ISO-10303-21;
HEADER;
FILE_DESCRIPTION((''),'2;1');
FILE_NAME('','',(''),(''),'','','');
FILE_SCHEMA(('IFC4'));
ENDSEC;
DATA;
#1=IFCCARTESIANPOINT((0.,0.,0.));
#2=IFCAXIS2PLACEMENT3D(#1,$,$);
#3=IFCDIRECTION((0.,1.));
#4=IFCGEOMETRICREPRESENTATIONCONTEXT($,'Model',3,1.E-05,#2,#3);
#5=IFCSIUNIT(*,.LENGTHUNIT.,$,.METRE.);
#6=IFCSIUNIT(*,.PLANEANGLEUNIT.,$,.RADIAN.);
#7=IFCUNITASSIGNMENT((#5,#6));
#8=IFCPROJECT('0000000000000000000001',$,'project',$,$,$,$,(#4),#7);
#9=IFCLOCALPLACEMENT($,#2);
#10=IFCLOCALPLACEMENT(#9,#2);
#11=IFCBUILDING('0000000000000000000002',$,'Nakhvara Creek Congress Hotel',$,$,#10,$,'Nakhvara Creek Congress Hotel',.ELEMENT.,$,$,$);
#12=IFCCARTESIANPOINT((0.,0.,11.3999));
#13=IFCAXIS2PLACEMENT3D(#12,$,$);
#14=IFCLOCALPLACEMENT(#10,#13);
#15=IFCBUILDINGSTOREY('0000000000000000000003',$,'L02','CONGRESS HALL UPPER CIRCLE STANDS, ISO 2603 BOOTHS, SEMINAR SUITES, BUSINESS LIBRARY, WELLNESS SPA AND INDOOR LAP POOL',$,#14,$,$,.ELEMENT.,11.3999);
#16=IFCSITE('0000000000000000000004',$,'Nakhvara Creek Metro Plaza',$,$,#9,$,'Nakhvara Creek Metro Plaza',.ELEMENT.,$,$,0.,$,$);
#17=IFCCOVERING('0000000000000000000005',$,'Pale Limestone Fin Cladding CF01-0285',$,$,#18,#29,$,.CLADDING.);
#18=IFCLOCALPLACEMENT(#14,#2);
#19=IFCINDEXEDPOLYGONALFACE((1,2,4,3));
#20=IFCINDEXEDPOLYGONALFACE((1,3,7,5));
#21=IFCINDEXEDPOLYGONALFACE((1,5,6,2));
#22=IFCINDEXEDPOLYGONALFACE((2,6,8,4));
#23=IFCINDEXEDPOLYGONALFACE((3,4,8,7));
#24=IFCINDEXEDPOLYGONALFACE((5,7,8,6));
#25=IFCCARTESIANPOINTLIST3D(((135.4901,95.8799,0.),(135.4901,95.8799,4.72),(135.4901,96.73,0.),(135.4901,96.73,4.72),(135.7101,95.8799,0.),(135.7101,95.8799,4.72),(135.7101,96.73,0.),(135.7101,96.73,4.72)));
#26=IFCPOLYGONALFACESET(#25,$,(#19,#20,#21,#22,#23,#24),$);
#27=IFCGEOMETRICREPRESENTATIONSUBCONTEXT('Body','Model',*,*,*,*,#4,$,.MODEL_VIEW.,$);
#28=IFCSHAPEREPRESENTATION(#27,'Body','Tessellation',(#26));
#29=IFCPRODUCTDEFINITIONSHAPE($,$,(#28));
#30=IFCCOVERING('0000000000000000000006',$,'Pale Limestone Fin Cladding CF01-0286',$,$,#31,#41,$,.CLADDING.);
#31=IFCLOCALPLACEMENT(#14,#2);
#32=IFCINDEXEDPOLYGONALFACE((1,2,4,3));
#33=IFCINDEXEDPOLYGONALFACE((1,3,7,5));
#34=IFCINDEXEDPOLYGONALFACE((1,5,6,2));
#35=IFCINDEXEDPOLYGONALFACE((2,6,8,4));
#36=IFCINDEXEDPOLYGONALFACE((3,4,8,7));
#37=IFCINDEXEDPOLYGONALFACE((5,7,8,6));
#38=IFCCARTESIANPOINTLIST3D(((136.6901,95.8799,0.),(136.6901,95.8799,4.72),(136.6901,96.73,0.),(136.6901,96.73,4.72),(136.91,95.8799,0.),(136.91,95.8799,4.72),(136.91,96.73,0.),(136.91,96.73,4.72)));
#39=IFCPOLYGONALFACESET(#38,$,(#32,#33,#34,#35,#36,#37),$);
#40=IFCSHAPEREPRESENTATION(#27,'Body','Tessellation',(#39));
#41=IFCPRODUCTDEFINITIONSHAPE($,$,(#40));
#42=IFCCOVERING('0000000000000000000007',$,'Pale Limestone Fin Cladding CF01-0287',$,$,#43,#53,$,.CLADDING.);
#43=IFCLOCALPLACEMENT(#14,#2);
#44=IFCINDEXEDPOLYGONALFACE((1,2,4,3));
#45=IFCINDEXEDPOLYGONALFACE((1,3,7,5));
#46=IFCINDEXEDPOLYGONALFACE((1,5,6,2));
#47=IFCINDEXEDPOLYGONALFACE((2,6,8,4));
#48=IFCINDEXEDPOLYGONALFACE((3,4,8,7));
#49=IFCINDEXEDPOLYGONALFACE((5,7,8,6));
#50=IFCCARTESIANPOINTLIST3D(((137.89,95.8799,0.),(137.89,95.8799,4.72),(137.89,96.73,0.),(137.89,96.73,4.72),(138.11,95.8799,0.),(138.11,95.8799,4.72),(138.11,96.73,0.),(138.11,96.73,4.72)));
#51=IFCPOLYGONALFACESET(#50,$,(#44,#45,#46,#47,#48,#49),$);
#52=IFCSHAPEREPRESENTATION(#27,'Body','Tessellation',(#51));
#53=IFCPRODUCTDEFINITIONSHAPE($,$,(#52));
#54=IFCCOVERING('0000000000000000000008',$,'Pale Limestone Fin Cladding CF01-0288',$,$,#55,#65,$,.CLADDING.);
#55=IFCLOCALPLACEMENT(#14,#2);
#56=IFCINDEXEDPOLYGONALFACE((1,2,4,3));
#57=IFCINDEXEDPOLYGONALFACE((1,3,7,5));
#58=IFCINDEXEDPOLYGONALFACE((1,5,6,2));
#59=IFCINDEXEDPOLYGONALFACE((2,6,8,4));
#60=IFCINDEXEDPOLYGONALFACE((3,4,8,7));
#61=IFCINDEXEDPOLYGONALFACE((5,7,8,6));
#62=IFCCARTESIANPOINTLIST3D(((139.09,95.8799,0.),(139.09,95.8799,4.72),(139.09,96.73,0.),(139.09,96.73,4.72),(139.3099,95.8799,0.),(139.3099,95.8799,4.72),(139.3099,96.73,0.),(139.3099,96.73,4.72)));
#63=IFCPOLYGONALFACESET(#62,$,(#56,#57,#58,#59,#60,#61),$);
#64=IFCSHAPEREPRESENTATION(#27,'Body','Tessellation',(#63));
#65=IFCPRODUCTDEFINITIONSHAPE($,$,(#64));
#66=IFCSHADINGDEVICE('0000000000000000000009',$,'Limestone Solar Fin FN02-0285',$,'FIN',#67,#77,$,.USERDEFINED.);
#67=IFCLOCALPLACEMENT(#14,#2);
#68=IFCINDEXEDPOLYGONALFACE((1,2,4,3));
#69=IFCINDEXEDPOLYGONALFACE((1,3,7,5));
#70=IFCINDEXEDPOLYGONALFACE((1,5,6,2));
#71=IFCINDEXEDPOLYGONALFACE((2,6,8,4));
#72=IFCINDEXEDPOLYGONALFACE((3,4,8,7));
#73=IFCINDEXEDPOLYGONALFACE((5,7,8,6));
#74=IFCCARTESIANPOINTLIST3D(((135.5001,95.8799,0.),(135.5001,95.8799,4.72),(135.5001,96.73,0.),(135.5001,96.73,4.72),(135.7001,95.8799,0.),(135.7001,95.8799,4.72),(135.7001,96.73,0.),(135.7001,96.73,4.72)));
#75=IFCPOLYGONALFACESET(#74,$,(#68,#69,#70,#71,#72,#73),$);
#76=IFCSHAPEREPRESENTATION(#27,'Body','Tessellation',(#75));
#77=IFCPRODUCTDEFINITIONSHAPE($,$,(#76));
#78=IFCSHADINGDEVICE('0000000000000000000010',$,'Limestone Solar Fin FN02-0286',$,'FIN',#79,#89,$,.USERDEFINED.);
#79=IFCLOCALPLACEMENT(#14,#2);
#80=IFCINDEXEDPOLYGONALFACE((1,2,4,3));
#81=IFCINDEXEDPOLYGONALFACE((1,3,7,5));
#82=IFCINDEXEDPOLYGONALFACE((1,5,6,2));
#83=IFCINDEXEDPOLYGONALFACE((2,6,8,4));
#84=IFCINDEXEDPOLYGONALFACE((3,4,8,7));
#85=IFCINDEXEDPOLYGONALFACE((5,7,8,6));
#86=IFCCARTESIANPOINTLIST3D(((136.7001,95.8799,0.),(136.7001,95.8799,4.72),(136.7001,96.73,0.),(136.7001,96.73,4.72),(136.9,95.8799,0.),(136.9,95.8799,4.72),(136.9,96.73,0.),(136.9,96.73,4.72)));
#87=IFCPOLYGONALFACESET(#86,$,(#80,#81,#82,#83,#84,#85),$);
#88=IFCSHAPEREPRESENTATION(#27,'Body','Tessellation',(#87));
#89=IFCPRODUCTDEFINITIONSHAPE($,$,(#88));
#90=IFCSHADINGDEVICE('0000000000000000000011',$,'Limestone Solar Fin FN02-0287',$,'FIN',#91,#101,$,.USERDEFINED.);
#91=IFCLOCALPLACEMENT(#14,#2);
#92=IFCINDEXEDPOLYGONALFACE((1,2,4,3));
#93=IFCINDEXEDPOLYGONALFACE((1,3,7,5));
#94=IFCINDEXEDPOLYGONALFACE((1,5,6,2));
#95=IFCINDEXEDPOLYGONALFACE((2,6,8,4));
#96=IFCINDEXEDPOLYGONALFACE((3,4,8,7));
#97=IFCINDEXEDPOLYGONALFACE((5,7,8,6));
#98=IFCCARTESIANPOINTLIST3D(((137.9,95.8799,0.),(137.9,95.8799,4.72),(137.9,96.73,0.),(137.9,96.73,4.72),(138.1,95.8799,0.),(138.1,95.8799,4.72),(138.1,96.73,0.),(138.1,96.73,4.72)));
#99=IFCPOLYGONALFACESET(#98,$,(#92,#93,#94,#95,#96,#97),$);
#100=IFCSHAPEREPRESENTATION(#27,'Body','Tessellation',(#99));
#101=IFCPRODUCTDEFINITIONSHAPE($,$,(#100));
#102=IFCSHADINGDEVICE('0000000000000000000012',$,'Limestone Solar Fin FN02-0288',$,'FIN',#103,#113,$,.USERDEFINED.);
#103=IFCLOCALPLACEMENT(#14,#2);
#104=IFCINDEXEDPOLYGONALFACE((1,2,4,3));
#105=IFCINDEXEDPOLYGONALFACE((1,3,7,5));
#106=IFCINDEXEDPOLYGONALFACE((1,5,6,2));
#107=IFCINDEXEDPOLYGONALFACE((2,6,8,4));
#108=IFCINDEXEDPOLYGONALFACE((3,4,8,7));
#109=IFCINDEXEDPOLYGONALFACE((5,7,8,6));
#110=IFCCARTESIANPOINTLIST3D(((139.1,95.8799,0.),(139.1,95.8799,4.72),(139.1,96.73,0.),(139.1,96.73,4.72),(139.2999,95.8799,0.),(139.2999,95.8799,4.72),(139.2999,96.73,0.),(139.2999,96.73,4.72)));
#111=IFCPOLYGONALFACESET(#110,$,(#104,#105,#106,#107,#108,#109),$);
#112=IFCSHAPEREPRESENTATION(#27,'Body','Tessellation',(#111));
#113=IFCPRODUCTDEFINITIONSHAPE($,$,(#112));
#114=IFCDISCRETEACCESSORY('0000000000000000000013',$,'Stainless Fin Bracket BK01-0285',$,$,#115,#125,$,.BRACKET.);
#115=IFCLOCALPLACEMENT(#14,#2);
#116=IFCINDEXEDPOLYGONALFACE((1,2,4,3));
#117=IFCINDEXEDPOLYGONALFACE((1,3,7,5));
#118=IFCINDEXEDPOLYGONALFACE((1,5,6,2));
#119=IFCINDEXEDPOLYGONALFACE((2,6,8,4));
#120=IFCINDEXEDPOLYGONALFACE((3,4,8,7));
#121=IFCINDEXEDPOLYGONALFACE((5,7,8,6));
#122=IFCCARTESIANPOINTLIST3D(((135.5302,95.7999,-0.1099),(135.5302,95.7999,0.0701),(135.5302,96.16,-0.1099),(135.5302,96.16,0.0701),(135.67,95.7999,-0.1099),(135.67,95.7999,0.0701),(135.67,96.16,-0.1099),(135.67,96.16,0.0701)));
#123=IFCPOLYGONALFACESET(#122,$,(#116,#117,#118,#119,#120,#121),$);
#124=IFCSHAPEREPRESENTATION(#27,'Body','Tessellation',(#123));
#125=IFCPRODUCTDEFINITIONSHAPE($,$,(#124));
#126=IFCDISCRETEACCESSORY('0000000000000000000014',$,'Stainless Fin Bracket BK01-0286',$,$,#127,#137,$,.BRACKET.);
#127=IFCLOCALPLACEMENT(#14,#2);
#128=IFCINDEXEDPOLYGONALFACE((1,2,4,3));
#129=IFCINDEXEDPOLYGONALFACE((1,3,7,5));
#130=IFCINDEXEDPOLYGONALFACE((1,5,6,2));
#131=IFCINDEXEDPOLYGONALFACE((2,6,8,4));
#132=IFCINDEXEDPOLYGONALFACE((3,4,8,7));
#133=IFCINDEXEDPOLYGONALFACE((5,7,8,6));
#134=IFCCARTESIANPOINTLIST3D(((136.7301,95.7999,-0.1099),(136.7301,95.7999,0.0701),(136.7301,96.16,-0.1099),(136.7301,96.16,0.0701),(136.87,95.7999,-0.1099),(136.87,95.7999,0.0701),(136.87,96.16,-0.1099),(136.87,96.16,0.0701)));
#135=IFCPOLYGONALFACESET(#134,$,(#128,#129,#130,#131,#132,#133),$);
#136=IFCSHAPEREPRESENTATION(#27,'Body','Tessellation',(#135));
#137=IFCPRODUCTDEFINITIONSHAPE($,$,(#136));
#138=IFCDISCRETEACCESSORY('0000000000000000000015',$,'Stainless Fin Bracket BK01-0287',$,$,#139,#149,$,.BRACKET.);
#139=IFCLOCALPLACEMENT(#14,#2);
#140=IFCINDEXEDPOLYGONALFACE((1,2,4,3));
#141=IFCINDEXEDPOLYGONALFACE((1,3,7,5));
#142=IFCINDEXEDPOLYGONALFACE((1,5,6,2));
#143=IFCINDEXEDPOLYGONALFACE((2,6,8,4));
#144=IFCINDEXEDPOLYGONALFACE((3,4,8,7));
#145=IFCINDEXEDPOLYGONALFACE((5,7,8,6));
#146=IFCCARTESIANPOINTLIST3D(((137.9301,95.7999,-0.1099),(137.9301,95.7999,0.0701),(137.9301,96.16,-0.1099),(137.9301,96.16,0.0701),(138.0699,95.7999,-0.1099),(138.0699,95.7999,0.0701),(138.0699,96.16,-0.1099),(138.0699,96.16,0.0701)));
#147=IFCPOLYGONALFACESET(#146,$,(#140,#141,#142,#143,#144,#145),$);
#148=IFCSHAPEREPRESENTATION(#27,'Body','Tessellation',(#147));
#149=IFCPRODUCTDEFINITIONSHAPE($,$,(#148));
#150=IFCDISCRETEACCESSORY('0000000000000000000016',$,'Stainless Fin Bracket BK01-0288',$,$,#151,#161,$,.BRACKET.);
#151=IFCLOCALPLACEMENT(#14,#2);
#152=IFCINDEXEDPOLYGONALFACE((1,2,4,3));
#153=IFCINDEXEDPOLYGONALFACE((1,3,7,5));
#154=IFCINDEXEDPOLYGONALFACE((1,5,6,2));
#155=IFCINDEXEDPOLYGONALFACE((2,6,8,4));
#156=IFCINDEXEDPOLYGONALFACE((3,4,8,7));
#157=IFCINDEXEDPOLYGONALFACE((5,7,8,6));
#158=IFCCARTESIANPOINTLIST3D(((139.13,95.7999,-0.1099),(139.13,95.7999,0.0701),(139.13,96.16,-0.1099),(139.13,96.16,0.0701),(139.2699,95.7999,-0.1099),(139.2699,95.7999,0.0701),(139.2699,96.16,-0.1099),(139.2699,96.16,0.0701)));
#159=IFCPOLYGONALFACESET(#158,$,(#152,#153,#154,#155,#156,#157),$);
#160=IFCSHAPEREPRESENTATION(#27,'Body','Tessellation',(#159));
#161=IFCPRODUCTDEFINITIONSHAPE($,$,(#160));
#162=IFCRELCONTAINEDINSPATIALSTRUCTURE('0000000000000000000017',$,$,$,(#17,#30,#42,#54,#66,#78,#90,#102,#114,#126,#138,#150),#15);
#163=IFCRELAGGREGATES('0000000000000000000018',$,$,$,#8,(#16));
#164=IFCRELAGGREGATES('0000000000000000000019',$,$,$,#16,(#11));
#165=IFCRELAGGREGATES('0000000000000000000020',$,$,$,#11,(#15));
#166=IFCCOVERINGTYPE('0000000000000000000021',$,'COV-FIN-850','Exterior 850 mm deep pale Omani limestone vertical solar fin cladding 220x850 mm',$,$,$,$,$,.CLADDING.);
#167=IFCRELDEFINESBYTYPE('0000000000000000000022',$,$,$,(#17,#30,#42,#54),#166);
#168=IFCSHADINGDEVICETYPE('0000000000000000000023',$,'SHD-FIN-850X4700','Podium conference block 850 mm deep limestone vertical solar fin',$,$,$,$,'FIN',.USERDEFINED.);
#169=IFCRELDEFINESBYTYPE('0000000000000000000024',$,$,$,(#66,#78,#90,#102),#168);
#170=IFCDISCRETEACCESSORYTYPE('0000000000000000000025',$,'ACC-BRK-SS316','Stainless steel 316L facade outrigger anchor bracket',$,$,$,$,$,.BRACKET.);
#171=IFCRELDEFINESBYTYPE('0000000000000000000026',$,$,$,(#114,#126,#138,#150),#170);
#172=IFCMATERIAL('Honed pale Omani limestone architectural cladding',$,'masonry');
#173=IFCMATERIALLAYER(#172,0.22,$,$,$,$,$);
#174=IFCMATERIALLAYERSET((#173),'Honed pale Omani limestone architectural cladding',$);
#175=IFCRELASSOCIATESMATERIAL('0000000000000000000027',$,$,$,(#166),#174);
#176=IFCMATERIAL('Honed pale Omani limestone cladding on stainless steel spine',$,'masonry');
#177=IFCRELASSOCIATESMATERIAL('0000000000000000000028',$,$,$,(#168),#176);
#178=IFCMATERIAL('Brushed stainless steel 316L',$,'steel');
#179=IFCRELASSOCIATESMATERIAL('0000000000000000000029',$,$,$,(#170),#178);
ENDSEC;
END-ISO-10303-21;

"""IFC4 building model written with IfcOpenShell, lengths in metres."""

from ifc_helpers import new_model, si_unit, direction, frame, origin, origin_2d, place, context, subcontext, project, spatial, rectangle, extrude, material, layer, layer_set, type_object, element, save


model = new_model("IFC4")

# Units and contexts
model_context = context("Model", 3, precision=1e-05, world=origin(), true_north=direction((0.0, 1.0)))
body_context = subcontext(model_context, "Body", "Model", "MODEL_VIEW")
ifc_project = project(units=[si_unit("LENGTHUNIT", "METRE"), si_unit("PLANEANGLEUNIT", "RADIAN")], contexts=[model_context])

# Site, building, storey
site_placement = place(None, origin())
site = spatial("IfcSite", under=ifc_project, at=site_placement, Name="Nakhvara Creek Metro Plaza", LongName="Nakhvara Creek Metro Plaza", CompositionType="ELEMENT", RefElevation=0.0)
building_placement = place(site_placement, origin())
building = spatial("IfcBuilding", under=site, at=building_placement, Name="Nakhvara Creek Congress Hotel", LongName="Nakhvara Creek Congress Hotel", CompositionType="ELEMENT")
storey_placement = place(building_placement, frame((0.0, 0.0, 11.3999)))
storey = spatial("IfcBuildingStorey", under=building, at=storey_placement, Name="L02", Description="CONGRESS HALL UPPER CIRCLE STANDS, ISO 2603 BOOTHS, SEMINAR SUITES, BUSINESS LIBRARY, WELLNESS SPA AND INDOOR LAP POOL", CompositionType="ELEMENT", Elevation=11.3999)

# Coverings
ifc_material_1 = material(Name="Honed pale Omani limestone architectural cladding", Category="masonry")
ifc_layer_1 = layer(ifc_material_1, 0.22)
ifc_layer_set_1 = layer_set([ifc_layer_1], Name="Honed pale Omani limestone architectural cladding")
covering_type = type_object("IfcCoveringType", Name="COV-FIN-850", Description="Exterior 850 mm deep pale Omani limestone vertical solar fin cladding 220x850 mm", PredefinedType="CLADDING", material=ifc_layer_set_1)
for number, where, z_axis, x_axis, name in (
    (1, (135.6001, 96.3049, 0.0), (0.0, 0.0, 1.0), (1.0, 0.0, 0.0), "Pale Limestone Fin Cladding CF01-0285"),
    (2, (136.8, 96.3049, 0.0), (0.0, 0.0, 1.0), (1.0, 0.0, 0.0), "Pale Limestone Fin Cladding CF01-0286"),
    (3, (138.0, 96.3049, 0.0), (0.0, 0.0, 1.0), (1.0, 0.0, 0.0), "Pale Limestone Fin Cladding CF01-0287"),
    (4, (139.2, 96.3049, 0.0), (0.0, 0.0, 1.0), (1.0, 0.0, 0.0), "Pale Limestone Fin Cladding CF01-0288"),
):
    element("IfcCovering", number, at=place(storey_placement, frame(where, z_axis=z_axis, x_axis=x_axis)), inside=storey, type_object=covering_type, Name=name, PredefinedType="CLADDING", context=body_context, shape_type="SweptSolid", body=[
        extrude(rectangle(XDim=0.22, YDim=0.8501, at=origin_2d()), origin(), (0.0, 0.0, 1.0), 4.72),
    ])

# Shading devices
ifc_material_2 = material(Name="Honed pale Omani limestone cladding on stainless steel spine", Category="masonry")
shading_device_type = type_object("IfcShadingDeviceType", Name="SHD-FIN-850X4700", Description="Podium conference block 850 mm deep limestone vertical solar fin", ElementType="FIN", PredefinedType="USERDEFINED", material=ifc_material_2)
for number, where, z_axis, x_axis, name in (
    (5, (135.6001, 96.3049, 0.0), (0.0, 0.0, 1.0), (1.0, 0.0, 0.0), "Limestone Solar Fin FN02-0285"),
    (6, (136.8, 96.3049, 0.0), (0.0, 0.0, 1.0), (1.0, 0.0, 0.0), "Limestone Solar Fin FN02-0286"),
    (7, (138.0, 96.3049, 0.0), (0.0, 0.0, 1.0), (1.0, 0.0, 0.0), "Limestone Solar Fin FN02-0287"),
    (8, (139.2, 96.3049, 0.0), (0.0, 0.0, 1.0), (1.0, 0.0, 0.0), "Limestone Solar Fin FN02-0288"),
):
    element("IfcShadingDevice", number, at=place(storey_placement, frame(where, z_axis=z_axis, x_axis=x_axis)), inside=storey, type_object=shading_device_type, Name=name, ObjectType="FIN", PredefinedType="USERDEFINED", context=body_context, shape_type="SweptSolid", body=[
        extrude(rectangle(XDim=0.2, YDim=0.8501, at=origin_2d()), origin(), (0.0, 0.0, 1.0), 4.72),
    ])

# Discrete accessories
ifc_material_3 = material(Name="Brushed stainless steel 316L", Category="steel")
discrete_accessory_type = type_object("IfcDiscreteAccessoryType", Name="ACC-BRK-SS316", Description="Stainless steel 316L facade outrigger anchor bracket", PredefinedType="BRACKET", material=ifc_material_3)
for number, where, z_axis, x_axis, name in (
    (9, (135.6001, 95.98, -0.1099), (0.0, 0.0, 1.0), (1.0, 0.0, 0.0), "Stainless Fin Bracket BK01-0285"),
    (10, (136.8, 95.98, -0.1099), (0.0, 0.0, 1.0), (1.0, 0.0, 0.0), "Stainless Fin Bracket BK01-0286"),
    (11, (138.0, 95.98, -0.1099), (0.0, 0.0, 1.0), (1.0, 0.0, 0.0), "Stainless Fin Bracket BK01-0287"),
    (12, (139.2, 95.98, -0.1099), (0.0, 0.0, 1.0), (1.0, 0.0, 0.0), "Stainless Fin Bracket BK01-0288"),
):
    element("IfcDiscreteAccessory", number, at=place(storey_placement, frame(where, z_axis=z_axis, x_axis=x_axis)), inside=storey, type_object=discrete_accessory_type, Name=name, PredefinedType="BRACKET", context=body_context, shape_type="SweptSolid", body=[
        extrude(rectangle(XDim=0.1399, YDim=0.3601, at=origin_2d()), origin(), (0.0, 0.0, 1.0), 0.1799),
    ])

save(model, "model.ifc")
